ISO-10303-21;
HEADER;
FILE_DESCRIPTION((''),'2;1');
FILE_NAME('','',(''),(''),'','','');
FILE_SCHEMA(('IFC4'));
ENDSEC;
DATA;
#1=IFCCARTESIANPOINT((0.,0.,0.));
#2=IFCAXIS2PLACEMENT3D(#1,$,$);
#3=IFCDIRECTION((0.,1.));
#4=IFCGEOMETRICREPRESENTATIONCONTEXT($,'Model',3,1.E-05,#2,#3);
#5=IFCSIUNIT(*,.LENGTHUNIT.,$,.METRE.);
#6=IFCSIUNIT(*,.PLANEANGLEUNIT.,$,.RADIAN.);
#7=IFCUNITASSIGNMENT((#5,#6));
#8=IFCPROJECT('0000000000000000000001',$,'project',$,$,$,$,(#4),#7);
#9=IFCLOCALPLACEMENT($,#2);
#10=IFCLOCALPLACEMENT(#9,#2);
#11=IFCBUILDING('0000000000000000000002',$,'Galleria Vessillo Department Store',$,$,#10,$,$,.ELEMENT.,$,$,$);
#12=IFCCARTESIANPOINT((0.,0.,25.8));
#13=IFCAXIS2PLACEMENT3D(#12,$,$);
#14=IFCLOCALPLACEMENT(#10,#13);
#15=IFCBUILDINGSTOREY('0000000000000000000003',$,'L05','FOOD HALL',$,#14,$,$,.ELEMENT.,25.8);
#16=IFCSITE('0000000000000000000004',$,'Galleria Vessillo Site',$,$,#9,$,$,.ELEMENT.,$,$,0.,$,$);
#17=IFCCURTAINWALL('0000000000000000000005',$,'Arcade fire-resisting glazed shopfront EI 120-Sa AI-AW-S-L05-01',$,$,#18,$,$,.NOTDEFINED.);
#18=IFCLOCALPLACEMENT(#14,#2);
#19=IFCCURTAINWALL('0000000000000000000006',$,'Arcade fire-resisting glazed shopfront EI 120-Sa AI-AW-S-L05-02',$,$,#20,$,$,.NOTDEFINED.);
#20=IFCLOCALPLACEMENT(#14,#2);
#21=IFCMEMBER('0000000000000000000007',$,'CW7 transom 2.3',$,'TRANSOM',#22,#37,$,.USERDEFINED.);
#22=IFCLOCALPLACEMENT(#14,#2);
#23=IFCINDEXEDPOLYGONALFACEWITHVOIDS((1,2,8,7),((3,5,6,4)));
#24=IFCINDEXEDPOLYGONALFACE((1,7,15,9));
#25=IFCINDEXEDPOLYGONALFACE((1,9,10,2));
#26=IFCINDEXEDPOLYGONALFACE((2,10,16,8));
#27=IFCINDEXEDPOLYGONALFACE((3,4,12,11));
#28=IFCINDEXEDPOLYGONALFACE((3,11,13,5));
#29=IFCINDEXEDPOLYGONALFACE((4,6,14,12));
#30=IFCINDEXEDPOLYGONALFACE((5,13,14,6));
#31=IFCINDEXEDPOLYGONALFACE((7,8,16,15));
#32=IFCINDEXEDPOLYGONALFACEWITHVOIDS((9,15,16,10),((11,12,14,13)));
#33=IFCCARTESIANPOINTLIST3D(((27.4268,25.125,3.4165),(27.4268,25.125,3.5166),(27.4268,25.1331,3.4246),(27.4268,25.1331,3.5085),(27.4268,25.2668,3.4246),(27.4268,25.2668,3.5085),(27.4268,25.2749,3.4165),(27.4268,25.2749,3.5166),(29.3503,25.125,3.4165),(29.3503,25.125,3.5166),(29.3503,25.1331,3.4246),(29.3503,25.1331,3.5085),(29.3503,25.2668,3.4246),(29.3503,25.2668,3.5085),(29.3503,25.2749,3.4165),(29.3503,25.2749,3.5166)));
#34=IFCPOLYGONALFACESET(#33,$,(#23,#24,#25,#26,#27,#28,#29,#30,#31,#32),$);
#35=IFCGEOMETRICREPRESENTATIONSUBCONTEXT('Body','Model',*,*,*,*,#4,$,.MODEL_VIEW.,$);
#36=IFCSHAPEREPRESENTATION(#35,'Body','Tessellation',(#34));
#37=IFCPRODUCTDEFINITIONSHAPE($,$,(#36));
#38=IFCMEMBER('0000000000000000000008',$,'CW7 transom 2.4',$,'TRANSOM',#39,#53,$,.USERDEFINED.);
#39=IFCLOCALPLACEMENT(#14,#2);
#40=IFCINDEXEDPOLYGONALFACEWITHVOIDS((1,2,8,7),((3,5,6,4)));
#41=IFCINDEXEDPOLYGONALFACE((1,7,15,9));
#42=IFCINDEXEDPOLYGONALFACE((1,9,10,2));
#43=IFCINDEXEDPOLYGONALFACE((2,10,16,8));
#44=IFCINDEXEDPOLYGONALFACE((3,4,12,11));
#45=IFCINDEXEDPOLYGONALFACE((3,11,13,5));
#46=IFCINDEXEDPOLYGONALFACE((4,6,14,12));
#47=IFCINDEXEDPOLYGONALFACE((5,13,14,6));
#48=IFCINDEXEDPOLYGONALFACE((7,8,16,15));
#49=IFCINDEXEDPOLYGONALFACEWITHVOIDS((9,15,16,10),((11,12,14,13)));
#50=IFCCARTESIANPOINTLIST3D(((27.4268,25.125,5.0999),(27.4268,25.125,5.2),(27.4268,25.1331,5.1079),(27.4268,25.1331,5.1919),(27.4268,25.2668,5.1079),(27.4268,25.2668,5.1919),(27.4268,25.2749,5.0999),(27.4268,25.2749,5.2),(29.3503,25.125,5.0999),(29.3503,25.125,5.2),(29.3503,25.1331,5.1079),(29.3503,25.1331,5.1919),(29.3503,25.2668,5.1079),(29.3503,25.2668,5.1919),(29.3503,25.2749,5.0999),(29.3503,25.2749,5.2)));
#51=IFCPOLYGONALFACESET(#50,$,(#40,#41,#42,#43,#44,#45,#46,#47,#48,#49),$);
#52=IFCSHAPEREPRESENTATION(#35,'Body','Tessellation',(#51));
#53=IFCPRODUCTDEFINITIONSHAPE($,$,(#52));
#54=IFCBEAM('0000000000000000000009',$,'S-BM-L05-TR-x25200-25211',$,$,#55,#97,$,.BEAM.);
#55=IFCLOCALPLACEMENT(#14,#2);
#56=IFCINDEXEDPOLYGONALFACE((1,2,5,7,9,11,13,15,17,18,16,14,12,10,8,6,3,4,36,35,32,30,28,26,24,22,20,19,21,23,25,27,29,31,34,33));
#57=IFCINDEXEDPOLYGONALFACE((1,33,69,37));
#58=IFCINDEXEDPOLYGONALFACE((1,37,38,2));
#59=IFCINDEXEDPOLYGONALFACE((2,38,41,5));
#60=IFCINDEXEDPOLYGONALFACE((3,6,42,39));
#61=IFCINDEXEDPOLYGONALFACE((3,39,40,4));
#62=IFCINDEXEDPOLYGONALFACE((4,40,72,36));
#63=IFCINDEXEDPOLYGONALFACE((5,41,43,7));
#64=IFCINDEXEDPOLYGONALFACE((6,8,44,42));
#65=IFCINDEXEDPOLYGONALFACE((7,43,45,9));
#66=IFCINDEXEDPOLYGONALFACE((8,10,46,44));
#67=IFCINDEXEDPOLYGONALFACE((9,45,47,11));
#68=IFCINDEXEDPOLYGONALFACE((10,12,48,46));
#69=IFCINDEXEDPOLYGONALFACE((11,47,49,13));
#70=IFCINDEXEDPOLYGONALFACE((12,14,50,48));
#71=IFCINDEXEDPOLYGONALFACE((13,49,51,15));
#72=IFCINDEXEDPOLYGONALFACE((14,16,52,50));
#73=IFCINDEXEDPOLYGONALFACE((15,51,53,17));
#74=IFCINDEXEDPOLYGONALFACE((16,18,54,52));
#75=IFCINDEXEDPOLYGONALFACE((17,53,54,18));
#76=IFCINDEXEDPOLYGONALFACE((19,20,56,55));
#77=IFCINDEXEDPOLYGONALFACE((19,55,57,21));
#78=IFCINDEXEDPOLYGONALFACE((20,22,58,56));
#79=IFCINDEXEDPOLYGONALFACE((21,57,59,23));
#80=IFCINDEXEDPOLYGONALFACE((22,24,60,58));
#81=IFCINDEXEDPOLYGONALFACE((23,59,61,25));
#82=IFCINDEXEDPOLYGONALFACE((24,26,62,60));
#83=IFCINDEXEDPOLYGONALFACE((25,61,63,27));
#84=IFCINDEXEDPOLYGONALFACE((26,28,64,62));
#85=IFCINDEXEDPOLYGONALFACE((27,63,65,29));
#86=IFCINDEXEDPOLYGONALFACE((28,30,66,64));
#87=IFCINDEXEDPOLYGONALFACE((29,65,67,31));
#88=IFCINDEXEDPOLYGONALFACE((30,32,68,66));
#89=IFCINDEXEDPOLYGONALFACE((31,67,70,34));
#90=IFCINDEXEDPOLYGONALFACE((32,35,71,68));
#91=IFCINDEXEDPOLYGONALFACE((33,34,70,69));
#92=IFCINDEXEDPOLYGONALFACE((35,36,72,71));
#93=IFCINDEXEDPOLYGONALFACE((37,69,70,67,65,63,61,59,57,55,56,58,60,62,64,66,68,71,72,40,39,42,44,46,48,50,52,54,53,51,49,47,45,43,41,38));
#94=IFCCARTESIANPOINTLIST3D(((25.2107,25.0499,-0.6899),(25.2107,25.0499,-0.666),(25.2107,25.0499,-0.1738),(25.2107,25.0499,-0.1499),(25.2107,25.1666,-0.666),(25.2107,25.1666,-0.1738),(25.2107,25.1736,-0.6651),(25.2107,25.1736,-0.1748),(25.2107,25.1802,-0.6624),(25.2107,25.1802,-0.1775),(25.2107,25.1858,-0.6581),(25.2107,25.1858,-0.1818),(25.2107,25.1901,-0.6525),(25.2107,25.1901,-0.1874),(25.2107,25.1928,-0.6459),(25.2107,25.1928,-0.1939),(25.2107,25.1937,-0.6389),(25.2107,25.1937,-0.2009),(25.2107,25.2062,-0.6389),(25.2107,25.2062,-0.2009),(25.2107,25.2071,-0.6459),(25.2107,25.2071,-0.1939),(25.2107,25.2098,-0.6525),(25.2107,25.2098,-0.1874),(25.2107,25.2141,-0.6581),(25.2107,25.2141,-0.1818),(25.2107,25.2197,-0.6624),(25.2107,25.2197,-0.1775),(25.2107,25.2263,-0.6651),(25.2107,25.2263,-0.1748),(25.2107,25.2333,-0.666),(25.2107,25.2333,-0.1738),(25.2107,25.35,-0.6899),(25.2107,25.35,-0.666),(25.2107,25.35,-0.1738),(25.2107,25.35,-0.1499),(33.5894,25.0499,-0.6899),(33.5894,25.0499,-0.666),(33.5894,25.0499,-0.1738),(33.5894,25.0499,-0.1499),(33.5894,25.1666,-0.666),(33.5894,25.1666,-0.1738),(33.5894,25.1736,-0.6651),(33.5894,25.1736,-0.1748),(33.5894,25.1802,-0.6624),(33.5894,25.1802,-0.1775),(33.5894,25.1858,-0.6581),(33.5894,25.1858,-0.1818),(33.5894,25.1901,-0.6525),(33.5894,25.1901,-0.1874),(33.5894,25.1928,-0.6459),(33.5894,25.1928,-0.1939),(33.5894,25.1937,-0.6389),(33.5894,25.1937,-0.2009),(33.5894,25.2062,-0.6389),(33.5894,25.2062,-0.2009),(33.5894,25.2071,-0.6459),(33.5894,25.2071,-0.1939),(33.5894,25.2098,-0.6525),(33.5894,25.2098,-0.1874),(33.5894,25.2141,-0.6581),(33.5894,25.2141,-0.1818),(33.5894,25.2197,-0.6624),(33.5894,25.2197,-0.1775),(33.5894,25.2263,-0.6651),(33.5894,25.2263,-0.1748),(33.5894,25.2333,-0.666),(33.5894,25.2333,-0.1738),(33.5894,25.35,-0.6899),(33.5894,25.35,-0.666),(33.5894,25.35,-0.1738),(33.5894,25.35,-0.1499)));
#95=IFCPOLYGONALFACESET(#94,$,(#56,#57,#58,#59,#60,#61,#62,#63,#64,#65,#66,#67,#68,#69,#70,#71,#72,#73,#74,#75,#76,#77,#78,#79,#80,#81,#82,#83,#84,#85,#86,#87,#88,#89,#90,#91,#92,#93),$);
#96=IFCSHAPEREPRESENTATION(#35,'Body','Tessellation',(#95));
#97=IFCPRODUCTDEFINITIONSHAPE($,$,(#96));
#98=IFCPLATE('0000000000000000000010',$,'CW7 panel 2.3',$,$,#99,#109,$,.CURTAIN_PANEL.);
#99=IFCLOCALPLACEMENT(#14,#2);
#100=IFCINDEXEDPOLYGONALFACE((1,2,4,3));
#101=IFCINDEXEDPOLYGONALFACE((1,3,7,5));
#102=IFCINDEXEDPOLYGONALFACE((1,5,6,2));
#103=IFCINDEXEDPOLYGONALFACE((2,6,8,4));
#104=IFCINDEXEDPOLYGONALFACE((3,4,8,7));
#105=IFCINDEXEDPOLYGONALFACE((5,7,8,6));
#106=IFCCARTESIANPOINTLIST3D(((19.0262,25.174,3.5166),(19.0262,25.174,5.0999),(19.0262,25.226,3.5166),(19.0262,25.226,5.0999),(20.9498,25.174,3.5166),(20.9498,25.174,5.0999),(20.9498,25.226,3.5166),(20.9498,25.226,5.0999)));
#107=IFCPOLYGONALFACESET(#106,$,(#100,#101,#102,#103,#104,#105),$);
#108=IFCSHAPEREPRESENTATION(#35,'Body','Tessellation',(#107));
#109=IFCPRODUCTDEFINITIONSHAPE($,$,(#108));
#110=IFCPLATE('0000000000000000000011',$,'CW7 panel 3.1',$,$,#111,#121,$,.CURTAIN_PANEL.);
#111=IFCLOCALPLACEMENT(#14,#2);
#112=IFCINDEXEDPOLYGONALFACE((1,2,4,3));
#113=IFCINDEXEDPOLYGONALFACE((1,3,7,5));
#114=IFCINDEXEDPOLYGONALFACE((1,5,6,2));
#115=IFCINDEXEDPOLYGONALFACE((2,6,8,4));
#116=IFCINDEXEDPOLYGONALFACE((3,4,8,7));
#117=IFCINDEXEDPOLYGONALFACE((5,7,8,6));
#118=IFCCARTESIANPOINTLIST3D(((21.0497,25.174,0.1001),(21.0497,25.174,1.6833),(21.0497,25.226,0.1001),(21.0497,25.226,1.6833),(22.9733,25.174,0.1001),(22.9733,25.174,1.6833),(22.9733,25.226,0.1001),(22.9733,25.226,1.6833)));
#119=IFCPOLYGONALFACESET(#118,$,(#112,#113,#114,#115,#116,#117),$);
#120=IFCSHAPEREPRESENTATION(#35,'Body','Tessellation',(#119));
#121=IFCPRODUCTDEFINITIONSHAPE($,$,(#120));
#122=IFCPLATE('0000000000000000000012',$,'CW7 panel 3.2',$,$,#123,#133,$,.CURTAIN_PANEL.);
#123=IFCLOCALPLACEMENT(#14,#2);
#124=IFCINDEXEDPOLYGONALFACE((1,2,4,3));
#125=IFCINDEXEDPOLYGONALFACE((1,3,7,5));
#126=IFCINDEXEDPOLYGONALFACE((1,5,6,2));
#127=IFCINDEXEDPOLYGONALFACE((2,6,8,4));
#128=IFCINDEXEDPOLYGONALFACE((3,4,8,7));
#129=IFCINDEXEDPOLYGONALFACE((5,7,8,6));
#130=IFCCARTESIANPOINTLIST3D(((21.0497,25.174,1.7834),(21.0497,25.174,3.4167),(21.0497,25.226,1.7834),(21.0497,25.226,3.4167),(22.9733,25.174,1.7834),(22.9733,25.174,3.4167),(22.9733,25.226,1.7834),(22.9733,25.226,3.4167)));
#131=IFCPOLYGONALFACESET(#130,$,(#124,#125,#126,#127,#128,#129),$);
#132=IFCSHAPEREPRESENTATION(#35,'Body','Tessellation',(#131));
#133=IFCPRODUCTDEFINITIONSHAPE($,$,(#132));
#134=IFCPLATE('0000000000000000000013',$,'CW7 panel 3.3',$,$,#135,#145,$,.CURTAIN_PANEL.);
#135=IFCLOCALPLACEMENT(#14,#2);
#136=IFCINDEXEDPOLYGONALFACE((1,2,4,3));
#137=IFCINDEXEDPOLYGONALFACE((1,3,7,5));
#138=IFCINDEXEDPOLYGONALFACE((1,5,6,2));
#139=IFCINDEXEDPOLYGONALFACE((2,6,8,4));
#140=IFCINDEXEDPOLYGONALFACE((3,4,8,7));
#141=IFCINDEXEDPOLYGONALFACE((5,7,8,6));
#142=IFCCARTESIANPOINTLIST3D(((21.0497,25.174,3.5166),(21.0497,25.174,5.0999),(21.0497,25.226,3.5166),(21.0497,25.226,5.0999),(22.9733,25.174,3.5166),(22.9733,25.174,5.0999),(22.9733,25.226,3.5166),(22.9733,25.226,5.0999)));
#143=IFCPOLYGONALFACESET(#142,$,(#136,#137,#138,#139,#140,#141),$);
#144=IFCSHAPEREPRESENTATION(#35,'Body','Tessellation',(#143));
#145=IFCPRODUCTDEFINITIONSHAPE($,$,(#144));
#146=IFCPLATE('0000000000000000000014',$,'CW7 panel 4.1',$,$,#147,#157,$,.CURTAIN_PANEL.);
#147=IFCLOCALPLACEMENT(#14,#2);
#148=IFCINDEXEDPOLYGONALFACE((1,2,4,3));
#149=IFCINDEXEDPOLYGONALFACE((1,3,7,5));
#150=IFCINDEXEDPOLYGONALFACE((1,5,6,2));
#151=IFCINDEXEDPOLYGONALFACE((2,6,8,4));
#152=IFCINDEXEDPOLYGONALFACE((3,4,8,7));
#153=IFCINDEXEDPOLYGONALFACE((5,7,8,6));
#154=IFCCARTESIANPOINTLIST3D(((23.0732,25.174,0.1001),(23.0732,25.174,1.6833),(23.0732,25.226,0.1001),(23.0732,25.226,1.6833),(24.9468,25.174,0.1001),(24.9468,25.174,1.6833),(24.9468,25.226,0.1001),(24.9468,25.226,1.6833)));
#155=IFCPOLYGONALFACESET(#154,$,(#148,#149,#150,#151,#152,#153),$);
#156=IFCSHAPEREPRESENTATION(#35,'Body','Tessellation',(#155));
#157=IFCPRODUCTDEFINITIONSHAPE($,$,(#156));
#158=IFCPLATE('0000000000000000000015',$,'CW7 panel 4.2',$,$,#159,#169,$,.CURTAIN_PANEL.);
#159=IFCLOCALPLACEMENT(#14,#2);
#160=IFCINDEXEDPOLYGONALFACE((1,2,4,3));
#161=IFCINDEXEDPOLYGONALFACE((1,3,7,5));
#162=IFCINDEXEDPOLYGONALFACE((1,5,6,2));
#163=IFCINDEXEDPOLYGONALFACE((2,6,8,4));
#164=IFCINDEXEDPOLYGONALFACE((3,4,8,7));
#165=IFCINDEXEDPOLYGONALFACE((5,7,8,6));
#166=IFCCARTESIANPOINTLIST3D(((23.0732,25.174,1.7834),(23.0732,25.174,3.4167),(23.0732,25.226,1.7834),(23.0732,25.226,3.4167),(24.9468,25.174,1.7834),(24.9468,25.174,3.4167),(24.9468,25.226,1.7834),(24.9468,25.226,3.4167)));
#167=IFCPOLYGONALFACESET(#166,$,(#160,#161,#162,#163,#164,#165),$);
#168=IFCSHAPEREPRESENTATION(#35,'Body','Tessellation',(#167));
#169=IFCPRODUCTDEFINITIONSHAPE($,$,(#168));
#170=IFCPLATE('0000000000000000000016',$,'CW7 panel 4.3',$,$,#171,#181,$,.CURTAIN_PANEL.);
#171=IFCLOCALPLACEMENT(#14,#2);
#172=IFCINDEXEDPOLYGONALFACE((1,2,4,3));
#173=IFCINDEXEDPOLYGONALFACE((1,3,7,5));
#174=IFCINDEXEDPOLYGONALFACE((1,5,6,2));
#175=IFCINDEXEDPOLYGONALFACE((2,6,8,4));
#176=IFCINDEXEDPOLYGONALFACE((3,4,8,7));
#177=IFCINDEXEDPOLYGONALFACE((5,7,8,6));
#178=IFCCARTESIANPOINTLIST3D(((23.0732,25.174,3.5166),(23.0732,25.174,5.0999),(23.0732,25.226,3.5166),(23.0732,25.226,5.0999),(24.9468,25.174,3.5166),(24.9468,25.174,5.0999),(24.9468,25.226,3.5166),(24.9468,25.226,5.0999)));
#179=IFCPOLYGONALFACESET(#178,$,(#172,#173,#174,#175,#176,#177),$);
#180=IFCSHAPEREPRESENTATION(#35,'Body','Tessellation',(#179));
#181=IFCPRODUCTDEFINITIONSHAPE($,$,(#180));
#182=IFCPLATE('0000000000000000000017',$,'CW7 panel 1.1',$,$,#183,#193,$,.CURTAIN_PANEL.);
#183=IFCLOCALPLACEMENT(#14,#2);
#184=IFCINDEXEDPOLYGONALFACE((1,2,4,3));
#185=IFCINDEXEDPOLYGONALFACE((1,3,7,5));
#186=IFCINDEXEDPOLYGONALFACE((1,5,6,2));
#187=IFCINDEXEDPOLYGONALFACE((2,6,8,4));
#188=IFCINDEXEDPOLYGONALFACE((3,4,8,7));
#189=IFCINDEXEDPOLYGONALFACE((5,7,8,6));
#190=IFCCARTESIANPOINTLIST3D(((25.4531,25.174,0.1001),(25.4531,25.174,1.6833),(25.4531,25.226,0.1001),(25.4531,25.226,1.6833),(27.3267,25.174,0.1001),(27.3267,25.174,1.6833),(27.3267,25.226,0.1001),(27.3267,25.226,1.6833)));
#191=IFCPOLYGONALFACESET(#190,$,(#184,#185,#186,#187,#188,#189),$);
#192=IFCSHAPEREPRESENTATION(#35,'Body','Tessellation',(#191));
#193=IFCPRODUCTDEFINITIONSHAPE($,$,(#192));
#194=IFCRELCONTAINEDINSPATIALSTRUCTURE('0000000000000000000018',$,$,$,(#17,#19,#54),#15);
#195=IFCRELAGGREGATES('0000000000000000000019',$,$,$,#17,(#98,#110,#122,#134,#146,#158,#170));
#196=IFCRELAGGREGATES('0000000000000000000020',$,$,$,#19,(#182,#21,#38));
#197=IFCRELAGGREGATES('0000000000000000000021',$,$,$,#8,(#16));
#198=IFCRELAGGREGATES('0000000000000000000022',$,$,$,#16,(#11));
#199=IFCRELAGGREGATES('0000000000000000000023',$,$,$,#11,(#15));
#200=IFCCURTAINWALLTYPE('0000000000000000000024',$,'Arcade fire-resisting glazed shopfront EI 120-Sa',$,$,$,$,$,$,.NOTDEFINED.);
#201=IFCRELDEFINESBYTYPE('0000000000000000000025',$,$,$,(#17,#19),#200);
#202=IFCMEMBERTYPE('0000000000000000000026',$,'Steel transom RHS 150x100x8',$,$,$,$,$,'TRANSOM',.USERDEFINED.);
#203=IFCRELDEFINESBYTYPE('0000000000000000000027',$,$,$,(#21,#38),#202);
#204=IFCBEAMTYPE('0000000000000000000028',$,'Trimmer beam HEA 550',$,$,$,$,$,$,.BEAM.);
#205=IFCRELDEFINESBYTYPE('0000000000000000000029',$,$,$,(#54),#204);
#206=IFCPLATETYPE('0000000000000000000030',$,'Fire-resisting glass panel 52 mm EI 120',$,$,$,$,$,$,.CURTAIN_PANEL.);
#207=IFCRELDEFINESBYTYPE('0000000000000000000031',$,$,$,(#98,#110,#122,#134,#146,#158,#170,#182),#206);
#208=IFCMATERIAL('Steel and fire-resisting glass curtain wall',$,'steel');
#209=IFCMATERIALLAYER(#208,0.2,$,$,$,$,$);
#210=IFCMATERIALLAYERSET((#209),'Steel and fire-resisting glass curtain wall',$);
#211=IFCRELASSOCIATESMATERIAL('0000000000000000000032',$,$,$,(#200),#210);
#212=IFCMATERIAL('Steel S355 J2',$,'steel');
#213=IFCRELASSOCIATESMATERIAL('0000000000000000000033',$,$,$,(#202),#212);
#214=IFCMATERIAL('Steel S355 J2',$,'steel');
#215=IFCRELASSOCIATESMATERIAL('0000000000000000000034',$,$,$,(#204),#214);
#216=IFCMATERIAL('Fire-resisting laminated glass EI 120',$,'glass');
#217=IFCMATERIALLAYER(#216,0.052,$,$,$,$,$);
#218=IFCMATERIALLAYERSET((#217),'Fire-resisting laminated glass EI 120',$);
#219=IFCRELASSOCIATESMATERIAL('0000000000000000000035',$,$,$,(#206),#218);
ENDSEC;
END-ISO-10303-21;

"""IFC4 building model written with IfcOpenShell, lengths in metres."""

from ifc_helpers import new_model, si_unit, direction, frame, origin, origin_2d, place, context, subcontext, project, spatial, rectangle, hollow_rectangle, i_section, extrude, material, layer, layer_set, material_profile, profile_set, type_object, element, aggregate, save


model = new_model("IFC4")

# Units and contexts
model_context = context("Model", 3, precision=1e-05, world=origin(), true_north=direction((0.0, 1.0)))
body_context = subcontext(model_context, "Body", "Model", "MODEL_VIEW")
ifc_project = project(units=[si_unit("LENGTHUNIT", "METRE"), si_unit("PLANEANGLEUNIT", "RADIAN")], contexts=[model_context])

# Site, building, storey
site_placement = place(None, origin())
site = spatial("IfcSite", under=ifc_project, at=site_placement, Name="Galleria Vessillo Site", CompositionType="ELEMENT", RefElevation=0.0)
building_placement = place(site_placement, origin())
building = spatial("IfcBuilding", under=site, at=building_placement, Name="Galleria Vessillo Department Store", CompositionType="ELEMENT")
storey_placement = place(building_placement, frame((0.0, 0.0, 25.8)))
storey = spatial("IfcBuildingStorey", under=building, at=storey_placement, Name="L05", Description="FOOD HALL", CompositionType="ELEMENT", Elevation=25.8)

# Curtain walls
ifc_material_1 = material(Name="Steel and fire-resisting glass curtain wall", Category="steel")
ifc_layer_1 = layer(ifc_material_1, 0.2)
ifc_layer_set_1 = layer_set([ifc_layer_1], Name="Steel and fire-resisting glass curtain wall")
curtain_wall_type = type_object("IfcCurtainWallType", Name="Arcade fire-resisting glazed shopfront EI 120-Sa", PredefinedType="NOTDEFINED", material=ifc_layer_set_1)
curtain_wall_1_placement = place(storey_placement, origin())
curtain_wall_1 = element("IfcCurtainWall", 1, at=curtain_wall_1_placement, inside=storey, type_object=curtain_wall_type, Name="Arcade fire-resisting glazed shopfront EI 120-Sa AI-AW-S-L05-01", PredefinedType="NOTDEFINED")
curtain_wall_2_placement = place(storey_placement, origin())
curtain_wall_2 = element("IfcCurtainWall", 2, at=curtain_wall_2_placement, inside=storey, type_object=curtain_wall_type, Name="Arcade fire-resisting glazed shopfront EI 120-Sa AI-AW-S-L05-02", PredefinedType="NOTDEFINED")

# Members
ifc_material_2 = material(Name="Steel S355 J2", Category="steel")
ifc_material_profile_1 = material_profile(ifc_material_2, hollow_rectangle(XDim=0.1499, YDim=0.1001, WallThickness=0.0081, at=origin_2d()), Name="RHS 150x100x8")
ifc_profile_set_1 = profile_set([ifc_material_profile_1], Name="Steel S355 J2")
member_type_1 = type_object("IfcMemberType", Name="Steel transom RHS 150x100x8", ElementType="TRANSOM", PredefinedType="USERDEFINED", material=ifc_profile_set_1)
member_1_placement = place(storey_placement, frame((27.4268, 25.2, 3.4666), z_axis=(1.0, 0.0, 0.0), x_axis=(0.0, 1.0, 0.0)))
member_1 = element("IfcMember", 3, at=member_1_placement, type_object=member_type_1, Name="CW7 transom 2.3", ObjectType="TRANSOM", PredefinedType="USERDEFINED", context=body_context, shape_type="SweptSolid", body=[
    extrude(hollow_rectangle(XDim=0.1499, YDim=0.1001, WallThickness=0.0081, at=origin_2d()), origin(), (0.0, 0.0, 1.0), 1.9236),
])
member_2_placement = place(storey_placement, frame((27.4268, 25.2, 5.1499), z_axis=(1.0, 0.0, 0.0), x_axis=(0.0, 1.0, 0.0)))
member_2 = element("IfcMember", 4, at=member_2_placement, type_object=member_type_1, Name="CW7 transom 2.4", ObjectType="TRANSOM", PredefinedType="USERDEFINED", context=body_context, shape_type="SweptSolid", body=[
    extrude(hollow_rectangle(XDim=0.1499, YDim=0.1001, WallThickness=0.0081, at=origin_2d()), origin(), (0.0, 0.0, 1.0), 1.9236),
])

# Beam
ifc_material_3 = material(Name="Steel S355 J2", Category="steel")
ifc_material_profile_2 = material_profile(ifc_material_3, i_section(OverallWidth=0.3, OverallDepth=0.54, WebThickness=0.0125, FlangeThickness=0.0239, FilletRadius=0.0271, at=origin_2d()), Name="HEA 550")
ifc_profile_set_2 = profile_set([ifc_material_profile_2], Name="Steel S355 J2")
beam_type = type_object("IfcBeamType", Name="Trimmer beam HEA 550", PredefinedType="BEAM", material=ifc_profile_set_2)
beam_placement = place(storey_placement, frame((25.2107, 25.2, -0.4199), z_axis=(1.0, 0.0, 0.0), x_axis=(0.0, 1.0, 0.0)))
element("IfcBeam", 5, at=beam_placement, inside=storey, type_object=beam_type, Name="S-BM-L05-TR-x25200-25211", PredefinedType="BEAM", context=body_context, shape_type="SweptSolid", body=[
    extrude(i_section(OverallWidth=0.3, OverallDepth=0.54, WebThickness=0.0125, FlangeThickness=0.0239, FilletRadius=0.0271, at=origin_2d()), origin(), (0.0, 0.0, 1.0), 8.3787),
])

# Plates
ifc_material_4 = material(Name="Fire-resisting laminated glass EI 120", Category="glass")
ifc_layer_2 = layer(ifc_material_4, 0.052)
ifc_layer_set_2 = layer_set([ifc_layer_2], Name="Fire-resisting laminated glass EI 120")
plate_type = type_object("IfcPlateType", Name="Fire-resisting glass panel 52 mm EI 120", PredefinedType="CURTAIN_PANEL", material=ifc_layer_set_2)
plate_1_placement = place(storey_placement, frame((19.988, 25.2, 3.5166), z_axis=(0.0, 0.0, 1.0), x_axis=(1.0, 0.0, 0.0)))
plate_1 = element("IfcPlate", 6, at=plate_1_placement, type_object=plate_type, Name="CW7 panel 2.3", PredefinedType="CURTAIN_PANEL", context=body_context, shape_type="SweptSolid", body=[
    extrude(rectangle(XDim=1.9236, YDim=0.052, at=origin_2d()), origin(), (0.0, 0.0, 1.0), 1.5833),
])
plate_2_placement = place(storey_placement, frame((22.0115, 25.2, 0.1001), z_axis=(0.0, 0.0, 1.0), x_axis=(1.0, 0.0, 0.0)))
plate_2 = element("IfcPlate", 7, at=plate_2_placement, type_object=plate_type, Name="CW7 panel 3.1", PredefinedType="CURTAIN_PANEL", context=body_context, shape_type="SweptSolid", body=[
    extrude(rectangle(XDim=1.9236, YDim=0.052, at=origin_2d()), origin(), (0.0, 0.0, 1.0), 1.5833),
])
plate_3_placement = place(storey_placement, frame((22.0115, 25.2, 1.7834), z_axis=(0.0, 0.0, 1.0), x_axis=(1.0, 0.0, 0.0)))
plate_3 = element("IfcPlate", 8, at=plate_3_placement, type_object=plate_type, Name="CW7 panel 3.2", PredefinedType="CURTAIN_PANEL", context=body_context, shape_type="SweptSolid", body=[
    extrude(rectangle(XDim=1.9236, YDim=0.052, at=origin_2d()), origin(), (0.0, 0.0, 1.0), 1.6333),
])
plate_4_placement = place(storey_placement, frame((22.0115, 25.2, 3.5166), z_axis=(0.0, 0.0, 1.0), x_axis=(1.0, 0.0, 0.0)))
plate_4 = element("IfcPlate", 9, at=plate_4_placement, type_object=plate_type, Name="CW7 panel 3.3", PredefinedType="CURTAIN_PANEL", context=body_context, shape_type="SweptSolid", body=[
    extrude(rectangle(XDim=1.9236, YDim=0.052, at=origin_2d()), origin(), (0.0, 0.0, 1.0), 1.5833),
])
plate_5_placement = place(storey_placement, frame((24.01, 25.2, 0.1001), z_axis=(0.0, 0.0, 1.0), x_axis=(1.0, 0.0, 0.0)))
plate_5 = element("IfcPlate", 10, at=plate_5_placement, type_object=plate_type, Name="CW7 panel 4.1", PredefinedType="CURTAIN_PANEL", context=body_context, shape_type="SweptSolid", body=[
    extrude(rectangle(XDim=1.8735, YDim=0.052, at=origin_2d()), origin(), (0.0, 0.0, 1.0), 1.5833),
])
plate_6_placement = place(storey_placement, frame((24.01, 25.2, 1.7834), z_axis=(0.0, 0.0, 1.0), x_axis=(1.0, 0.0, 0.0)))
plate_6 = element("IfcPlate", 11, at=plate_6_placement, type_object=plate_type, Name="CW7 panel 4.2", PredefinedType="CURTAIN_PANEL", context=body_context, shape_type="SweptSolid", body=[
    extrude(rectangle(XDim=1.8735, YDim=0.052, at=origin_2d()), origin(), (0.0, 0.0, 1.0), 1.6333),
])
plate_7_placement = place(storey_placement, frame((24.01, 25.2, 3.5166), z_axis=(0.0, 0.0, 1.0), x_axis=(1.0, 0.0, 0.0)))
plate_7 = element("IfcPlate", 12, at=plate_7_placement, type_object=plate_type, Name="CW7 panel 4.3", PredefinedType="CURTAIN_PANEL", context=body_context, shape_type="SweptSolid", body=[
    extrude(rectangle(XDim=1.8735, YDim=0.052, at=origin_2d()), origin(), (0.0, 0.0, 1.0), 1.5833),
])
aggregate(curtain_wall_1, [plate_1, plate_2, plate_3, plate_4, plate_5, plate_6, plate_7])
plate_8_placement = place(storey_placement, frame((26.3899, 25.2, 0.1001), z_axis=(0.0, 0.0, 1.0), x_axis=(1.0, 0.0, 0.0)))
plate_8 = element("IfcPlate", 13, at=plate_8_placement, type_object=plate_type, Name="CW7 panel 1.1", PredefinedType="CURTAIN_PANEL", context=body_context, shape_type="SweptSolid", body=[
    extrude(rectangle(XDim=1.8735, YDim=0.052, at=origin_2d()), origin(), (0.0, 0.0, 1.0), 1.5833),
])
aggregate(curtain_wall_2, [plate_8, member_1, member_2])

save(model, "model.ifc")
